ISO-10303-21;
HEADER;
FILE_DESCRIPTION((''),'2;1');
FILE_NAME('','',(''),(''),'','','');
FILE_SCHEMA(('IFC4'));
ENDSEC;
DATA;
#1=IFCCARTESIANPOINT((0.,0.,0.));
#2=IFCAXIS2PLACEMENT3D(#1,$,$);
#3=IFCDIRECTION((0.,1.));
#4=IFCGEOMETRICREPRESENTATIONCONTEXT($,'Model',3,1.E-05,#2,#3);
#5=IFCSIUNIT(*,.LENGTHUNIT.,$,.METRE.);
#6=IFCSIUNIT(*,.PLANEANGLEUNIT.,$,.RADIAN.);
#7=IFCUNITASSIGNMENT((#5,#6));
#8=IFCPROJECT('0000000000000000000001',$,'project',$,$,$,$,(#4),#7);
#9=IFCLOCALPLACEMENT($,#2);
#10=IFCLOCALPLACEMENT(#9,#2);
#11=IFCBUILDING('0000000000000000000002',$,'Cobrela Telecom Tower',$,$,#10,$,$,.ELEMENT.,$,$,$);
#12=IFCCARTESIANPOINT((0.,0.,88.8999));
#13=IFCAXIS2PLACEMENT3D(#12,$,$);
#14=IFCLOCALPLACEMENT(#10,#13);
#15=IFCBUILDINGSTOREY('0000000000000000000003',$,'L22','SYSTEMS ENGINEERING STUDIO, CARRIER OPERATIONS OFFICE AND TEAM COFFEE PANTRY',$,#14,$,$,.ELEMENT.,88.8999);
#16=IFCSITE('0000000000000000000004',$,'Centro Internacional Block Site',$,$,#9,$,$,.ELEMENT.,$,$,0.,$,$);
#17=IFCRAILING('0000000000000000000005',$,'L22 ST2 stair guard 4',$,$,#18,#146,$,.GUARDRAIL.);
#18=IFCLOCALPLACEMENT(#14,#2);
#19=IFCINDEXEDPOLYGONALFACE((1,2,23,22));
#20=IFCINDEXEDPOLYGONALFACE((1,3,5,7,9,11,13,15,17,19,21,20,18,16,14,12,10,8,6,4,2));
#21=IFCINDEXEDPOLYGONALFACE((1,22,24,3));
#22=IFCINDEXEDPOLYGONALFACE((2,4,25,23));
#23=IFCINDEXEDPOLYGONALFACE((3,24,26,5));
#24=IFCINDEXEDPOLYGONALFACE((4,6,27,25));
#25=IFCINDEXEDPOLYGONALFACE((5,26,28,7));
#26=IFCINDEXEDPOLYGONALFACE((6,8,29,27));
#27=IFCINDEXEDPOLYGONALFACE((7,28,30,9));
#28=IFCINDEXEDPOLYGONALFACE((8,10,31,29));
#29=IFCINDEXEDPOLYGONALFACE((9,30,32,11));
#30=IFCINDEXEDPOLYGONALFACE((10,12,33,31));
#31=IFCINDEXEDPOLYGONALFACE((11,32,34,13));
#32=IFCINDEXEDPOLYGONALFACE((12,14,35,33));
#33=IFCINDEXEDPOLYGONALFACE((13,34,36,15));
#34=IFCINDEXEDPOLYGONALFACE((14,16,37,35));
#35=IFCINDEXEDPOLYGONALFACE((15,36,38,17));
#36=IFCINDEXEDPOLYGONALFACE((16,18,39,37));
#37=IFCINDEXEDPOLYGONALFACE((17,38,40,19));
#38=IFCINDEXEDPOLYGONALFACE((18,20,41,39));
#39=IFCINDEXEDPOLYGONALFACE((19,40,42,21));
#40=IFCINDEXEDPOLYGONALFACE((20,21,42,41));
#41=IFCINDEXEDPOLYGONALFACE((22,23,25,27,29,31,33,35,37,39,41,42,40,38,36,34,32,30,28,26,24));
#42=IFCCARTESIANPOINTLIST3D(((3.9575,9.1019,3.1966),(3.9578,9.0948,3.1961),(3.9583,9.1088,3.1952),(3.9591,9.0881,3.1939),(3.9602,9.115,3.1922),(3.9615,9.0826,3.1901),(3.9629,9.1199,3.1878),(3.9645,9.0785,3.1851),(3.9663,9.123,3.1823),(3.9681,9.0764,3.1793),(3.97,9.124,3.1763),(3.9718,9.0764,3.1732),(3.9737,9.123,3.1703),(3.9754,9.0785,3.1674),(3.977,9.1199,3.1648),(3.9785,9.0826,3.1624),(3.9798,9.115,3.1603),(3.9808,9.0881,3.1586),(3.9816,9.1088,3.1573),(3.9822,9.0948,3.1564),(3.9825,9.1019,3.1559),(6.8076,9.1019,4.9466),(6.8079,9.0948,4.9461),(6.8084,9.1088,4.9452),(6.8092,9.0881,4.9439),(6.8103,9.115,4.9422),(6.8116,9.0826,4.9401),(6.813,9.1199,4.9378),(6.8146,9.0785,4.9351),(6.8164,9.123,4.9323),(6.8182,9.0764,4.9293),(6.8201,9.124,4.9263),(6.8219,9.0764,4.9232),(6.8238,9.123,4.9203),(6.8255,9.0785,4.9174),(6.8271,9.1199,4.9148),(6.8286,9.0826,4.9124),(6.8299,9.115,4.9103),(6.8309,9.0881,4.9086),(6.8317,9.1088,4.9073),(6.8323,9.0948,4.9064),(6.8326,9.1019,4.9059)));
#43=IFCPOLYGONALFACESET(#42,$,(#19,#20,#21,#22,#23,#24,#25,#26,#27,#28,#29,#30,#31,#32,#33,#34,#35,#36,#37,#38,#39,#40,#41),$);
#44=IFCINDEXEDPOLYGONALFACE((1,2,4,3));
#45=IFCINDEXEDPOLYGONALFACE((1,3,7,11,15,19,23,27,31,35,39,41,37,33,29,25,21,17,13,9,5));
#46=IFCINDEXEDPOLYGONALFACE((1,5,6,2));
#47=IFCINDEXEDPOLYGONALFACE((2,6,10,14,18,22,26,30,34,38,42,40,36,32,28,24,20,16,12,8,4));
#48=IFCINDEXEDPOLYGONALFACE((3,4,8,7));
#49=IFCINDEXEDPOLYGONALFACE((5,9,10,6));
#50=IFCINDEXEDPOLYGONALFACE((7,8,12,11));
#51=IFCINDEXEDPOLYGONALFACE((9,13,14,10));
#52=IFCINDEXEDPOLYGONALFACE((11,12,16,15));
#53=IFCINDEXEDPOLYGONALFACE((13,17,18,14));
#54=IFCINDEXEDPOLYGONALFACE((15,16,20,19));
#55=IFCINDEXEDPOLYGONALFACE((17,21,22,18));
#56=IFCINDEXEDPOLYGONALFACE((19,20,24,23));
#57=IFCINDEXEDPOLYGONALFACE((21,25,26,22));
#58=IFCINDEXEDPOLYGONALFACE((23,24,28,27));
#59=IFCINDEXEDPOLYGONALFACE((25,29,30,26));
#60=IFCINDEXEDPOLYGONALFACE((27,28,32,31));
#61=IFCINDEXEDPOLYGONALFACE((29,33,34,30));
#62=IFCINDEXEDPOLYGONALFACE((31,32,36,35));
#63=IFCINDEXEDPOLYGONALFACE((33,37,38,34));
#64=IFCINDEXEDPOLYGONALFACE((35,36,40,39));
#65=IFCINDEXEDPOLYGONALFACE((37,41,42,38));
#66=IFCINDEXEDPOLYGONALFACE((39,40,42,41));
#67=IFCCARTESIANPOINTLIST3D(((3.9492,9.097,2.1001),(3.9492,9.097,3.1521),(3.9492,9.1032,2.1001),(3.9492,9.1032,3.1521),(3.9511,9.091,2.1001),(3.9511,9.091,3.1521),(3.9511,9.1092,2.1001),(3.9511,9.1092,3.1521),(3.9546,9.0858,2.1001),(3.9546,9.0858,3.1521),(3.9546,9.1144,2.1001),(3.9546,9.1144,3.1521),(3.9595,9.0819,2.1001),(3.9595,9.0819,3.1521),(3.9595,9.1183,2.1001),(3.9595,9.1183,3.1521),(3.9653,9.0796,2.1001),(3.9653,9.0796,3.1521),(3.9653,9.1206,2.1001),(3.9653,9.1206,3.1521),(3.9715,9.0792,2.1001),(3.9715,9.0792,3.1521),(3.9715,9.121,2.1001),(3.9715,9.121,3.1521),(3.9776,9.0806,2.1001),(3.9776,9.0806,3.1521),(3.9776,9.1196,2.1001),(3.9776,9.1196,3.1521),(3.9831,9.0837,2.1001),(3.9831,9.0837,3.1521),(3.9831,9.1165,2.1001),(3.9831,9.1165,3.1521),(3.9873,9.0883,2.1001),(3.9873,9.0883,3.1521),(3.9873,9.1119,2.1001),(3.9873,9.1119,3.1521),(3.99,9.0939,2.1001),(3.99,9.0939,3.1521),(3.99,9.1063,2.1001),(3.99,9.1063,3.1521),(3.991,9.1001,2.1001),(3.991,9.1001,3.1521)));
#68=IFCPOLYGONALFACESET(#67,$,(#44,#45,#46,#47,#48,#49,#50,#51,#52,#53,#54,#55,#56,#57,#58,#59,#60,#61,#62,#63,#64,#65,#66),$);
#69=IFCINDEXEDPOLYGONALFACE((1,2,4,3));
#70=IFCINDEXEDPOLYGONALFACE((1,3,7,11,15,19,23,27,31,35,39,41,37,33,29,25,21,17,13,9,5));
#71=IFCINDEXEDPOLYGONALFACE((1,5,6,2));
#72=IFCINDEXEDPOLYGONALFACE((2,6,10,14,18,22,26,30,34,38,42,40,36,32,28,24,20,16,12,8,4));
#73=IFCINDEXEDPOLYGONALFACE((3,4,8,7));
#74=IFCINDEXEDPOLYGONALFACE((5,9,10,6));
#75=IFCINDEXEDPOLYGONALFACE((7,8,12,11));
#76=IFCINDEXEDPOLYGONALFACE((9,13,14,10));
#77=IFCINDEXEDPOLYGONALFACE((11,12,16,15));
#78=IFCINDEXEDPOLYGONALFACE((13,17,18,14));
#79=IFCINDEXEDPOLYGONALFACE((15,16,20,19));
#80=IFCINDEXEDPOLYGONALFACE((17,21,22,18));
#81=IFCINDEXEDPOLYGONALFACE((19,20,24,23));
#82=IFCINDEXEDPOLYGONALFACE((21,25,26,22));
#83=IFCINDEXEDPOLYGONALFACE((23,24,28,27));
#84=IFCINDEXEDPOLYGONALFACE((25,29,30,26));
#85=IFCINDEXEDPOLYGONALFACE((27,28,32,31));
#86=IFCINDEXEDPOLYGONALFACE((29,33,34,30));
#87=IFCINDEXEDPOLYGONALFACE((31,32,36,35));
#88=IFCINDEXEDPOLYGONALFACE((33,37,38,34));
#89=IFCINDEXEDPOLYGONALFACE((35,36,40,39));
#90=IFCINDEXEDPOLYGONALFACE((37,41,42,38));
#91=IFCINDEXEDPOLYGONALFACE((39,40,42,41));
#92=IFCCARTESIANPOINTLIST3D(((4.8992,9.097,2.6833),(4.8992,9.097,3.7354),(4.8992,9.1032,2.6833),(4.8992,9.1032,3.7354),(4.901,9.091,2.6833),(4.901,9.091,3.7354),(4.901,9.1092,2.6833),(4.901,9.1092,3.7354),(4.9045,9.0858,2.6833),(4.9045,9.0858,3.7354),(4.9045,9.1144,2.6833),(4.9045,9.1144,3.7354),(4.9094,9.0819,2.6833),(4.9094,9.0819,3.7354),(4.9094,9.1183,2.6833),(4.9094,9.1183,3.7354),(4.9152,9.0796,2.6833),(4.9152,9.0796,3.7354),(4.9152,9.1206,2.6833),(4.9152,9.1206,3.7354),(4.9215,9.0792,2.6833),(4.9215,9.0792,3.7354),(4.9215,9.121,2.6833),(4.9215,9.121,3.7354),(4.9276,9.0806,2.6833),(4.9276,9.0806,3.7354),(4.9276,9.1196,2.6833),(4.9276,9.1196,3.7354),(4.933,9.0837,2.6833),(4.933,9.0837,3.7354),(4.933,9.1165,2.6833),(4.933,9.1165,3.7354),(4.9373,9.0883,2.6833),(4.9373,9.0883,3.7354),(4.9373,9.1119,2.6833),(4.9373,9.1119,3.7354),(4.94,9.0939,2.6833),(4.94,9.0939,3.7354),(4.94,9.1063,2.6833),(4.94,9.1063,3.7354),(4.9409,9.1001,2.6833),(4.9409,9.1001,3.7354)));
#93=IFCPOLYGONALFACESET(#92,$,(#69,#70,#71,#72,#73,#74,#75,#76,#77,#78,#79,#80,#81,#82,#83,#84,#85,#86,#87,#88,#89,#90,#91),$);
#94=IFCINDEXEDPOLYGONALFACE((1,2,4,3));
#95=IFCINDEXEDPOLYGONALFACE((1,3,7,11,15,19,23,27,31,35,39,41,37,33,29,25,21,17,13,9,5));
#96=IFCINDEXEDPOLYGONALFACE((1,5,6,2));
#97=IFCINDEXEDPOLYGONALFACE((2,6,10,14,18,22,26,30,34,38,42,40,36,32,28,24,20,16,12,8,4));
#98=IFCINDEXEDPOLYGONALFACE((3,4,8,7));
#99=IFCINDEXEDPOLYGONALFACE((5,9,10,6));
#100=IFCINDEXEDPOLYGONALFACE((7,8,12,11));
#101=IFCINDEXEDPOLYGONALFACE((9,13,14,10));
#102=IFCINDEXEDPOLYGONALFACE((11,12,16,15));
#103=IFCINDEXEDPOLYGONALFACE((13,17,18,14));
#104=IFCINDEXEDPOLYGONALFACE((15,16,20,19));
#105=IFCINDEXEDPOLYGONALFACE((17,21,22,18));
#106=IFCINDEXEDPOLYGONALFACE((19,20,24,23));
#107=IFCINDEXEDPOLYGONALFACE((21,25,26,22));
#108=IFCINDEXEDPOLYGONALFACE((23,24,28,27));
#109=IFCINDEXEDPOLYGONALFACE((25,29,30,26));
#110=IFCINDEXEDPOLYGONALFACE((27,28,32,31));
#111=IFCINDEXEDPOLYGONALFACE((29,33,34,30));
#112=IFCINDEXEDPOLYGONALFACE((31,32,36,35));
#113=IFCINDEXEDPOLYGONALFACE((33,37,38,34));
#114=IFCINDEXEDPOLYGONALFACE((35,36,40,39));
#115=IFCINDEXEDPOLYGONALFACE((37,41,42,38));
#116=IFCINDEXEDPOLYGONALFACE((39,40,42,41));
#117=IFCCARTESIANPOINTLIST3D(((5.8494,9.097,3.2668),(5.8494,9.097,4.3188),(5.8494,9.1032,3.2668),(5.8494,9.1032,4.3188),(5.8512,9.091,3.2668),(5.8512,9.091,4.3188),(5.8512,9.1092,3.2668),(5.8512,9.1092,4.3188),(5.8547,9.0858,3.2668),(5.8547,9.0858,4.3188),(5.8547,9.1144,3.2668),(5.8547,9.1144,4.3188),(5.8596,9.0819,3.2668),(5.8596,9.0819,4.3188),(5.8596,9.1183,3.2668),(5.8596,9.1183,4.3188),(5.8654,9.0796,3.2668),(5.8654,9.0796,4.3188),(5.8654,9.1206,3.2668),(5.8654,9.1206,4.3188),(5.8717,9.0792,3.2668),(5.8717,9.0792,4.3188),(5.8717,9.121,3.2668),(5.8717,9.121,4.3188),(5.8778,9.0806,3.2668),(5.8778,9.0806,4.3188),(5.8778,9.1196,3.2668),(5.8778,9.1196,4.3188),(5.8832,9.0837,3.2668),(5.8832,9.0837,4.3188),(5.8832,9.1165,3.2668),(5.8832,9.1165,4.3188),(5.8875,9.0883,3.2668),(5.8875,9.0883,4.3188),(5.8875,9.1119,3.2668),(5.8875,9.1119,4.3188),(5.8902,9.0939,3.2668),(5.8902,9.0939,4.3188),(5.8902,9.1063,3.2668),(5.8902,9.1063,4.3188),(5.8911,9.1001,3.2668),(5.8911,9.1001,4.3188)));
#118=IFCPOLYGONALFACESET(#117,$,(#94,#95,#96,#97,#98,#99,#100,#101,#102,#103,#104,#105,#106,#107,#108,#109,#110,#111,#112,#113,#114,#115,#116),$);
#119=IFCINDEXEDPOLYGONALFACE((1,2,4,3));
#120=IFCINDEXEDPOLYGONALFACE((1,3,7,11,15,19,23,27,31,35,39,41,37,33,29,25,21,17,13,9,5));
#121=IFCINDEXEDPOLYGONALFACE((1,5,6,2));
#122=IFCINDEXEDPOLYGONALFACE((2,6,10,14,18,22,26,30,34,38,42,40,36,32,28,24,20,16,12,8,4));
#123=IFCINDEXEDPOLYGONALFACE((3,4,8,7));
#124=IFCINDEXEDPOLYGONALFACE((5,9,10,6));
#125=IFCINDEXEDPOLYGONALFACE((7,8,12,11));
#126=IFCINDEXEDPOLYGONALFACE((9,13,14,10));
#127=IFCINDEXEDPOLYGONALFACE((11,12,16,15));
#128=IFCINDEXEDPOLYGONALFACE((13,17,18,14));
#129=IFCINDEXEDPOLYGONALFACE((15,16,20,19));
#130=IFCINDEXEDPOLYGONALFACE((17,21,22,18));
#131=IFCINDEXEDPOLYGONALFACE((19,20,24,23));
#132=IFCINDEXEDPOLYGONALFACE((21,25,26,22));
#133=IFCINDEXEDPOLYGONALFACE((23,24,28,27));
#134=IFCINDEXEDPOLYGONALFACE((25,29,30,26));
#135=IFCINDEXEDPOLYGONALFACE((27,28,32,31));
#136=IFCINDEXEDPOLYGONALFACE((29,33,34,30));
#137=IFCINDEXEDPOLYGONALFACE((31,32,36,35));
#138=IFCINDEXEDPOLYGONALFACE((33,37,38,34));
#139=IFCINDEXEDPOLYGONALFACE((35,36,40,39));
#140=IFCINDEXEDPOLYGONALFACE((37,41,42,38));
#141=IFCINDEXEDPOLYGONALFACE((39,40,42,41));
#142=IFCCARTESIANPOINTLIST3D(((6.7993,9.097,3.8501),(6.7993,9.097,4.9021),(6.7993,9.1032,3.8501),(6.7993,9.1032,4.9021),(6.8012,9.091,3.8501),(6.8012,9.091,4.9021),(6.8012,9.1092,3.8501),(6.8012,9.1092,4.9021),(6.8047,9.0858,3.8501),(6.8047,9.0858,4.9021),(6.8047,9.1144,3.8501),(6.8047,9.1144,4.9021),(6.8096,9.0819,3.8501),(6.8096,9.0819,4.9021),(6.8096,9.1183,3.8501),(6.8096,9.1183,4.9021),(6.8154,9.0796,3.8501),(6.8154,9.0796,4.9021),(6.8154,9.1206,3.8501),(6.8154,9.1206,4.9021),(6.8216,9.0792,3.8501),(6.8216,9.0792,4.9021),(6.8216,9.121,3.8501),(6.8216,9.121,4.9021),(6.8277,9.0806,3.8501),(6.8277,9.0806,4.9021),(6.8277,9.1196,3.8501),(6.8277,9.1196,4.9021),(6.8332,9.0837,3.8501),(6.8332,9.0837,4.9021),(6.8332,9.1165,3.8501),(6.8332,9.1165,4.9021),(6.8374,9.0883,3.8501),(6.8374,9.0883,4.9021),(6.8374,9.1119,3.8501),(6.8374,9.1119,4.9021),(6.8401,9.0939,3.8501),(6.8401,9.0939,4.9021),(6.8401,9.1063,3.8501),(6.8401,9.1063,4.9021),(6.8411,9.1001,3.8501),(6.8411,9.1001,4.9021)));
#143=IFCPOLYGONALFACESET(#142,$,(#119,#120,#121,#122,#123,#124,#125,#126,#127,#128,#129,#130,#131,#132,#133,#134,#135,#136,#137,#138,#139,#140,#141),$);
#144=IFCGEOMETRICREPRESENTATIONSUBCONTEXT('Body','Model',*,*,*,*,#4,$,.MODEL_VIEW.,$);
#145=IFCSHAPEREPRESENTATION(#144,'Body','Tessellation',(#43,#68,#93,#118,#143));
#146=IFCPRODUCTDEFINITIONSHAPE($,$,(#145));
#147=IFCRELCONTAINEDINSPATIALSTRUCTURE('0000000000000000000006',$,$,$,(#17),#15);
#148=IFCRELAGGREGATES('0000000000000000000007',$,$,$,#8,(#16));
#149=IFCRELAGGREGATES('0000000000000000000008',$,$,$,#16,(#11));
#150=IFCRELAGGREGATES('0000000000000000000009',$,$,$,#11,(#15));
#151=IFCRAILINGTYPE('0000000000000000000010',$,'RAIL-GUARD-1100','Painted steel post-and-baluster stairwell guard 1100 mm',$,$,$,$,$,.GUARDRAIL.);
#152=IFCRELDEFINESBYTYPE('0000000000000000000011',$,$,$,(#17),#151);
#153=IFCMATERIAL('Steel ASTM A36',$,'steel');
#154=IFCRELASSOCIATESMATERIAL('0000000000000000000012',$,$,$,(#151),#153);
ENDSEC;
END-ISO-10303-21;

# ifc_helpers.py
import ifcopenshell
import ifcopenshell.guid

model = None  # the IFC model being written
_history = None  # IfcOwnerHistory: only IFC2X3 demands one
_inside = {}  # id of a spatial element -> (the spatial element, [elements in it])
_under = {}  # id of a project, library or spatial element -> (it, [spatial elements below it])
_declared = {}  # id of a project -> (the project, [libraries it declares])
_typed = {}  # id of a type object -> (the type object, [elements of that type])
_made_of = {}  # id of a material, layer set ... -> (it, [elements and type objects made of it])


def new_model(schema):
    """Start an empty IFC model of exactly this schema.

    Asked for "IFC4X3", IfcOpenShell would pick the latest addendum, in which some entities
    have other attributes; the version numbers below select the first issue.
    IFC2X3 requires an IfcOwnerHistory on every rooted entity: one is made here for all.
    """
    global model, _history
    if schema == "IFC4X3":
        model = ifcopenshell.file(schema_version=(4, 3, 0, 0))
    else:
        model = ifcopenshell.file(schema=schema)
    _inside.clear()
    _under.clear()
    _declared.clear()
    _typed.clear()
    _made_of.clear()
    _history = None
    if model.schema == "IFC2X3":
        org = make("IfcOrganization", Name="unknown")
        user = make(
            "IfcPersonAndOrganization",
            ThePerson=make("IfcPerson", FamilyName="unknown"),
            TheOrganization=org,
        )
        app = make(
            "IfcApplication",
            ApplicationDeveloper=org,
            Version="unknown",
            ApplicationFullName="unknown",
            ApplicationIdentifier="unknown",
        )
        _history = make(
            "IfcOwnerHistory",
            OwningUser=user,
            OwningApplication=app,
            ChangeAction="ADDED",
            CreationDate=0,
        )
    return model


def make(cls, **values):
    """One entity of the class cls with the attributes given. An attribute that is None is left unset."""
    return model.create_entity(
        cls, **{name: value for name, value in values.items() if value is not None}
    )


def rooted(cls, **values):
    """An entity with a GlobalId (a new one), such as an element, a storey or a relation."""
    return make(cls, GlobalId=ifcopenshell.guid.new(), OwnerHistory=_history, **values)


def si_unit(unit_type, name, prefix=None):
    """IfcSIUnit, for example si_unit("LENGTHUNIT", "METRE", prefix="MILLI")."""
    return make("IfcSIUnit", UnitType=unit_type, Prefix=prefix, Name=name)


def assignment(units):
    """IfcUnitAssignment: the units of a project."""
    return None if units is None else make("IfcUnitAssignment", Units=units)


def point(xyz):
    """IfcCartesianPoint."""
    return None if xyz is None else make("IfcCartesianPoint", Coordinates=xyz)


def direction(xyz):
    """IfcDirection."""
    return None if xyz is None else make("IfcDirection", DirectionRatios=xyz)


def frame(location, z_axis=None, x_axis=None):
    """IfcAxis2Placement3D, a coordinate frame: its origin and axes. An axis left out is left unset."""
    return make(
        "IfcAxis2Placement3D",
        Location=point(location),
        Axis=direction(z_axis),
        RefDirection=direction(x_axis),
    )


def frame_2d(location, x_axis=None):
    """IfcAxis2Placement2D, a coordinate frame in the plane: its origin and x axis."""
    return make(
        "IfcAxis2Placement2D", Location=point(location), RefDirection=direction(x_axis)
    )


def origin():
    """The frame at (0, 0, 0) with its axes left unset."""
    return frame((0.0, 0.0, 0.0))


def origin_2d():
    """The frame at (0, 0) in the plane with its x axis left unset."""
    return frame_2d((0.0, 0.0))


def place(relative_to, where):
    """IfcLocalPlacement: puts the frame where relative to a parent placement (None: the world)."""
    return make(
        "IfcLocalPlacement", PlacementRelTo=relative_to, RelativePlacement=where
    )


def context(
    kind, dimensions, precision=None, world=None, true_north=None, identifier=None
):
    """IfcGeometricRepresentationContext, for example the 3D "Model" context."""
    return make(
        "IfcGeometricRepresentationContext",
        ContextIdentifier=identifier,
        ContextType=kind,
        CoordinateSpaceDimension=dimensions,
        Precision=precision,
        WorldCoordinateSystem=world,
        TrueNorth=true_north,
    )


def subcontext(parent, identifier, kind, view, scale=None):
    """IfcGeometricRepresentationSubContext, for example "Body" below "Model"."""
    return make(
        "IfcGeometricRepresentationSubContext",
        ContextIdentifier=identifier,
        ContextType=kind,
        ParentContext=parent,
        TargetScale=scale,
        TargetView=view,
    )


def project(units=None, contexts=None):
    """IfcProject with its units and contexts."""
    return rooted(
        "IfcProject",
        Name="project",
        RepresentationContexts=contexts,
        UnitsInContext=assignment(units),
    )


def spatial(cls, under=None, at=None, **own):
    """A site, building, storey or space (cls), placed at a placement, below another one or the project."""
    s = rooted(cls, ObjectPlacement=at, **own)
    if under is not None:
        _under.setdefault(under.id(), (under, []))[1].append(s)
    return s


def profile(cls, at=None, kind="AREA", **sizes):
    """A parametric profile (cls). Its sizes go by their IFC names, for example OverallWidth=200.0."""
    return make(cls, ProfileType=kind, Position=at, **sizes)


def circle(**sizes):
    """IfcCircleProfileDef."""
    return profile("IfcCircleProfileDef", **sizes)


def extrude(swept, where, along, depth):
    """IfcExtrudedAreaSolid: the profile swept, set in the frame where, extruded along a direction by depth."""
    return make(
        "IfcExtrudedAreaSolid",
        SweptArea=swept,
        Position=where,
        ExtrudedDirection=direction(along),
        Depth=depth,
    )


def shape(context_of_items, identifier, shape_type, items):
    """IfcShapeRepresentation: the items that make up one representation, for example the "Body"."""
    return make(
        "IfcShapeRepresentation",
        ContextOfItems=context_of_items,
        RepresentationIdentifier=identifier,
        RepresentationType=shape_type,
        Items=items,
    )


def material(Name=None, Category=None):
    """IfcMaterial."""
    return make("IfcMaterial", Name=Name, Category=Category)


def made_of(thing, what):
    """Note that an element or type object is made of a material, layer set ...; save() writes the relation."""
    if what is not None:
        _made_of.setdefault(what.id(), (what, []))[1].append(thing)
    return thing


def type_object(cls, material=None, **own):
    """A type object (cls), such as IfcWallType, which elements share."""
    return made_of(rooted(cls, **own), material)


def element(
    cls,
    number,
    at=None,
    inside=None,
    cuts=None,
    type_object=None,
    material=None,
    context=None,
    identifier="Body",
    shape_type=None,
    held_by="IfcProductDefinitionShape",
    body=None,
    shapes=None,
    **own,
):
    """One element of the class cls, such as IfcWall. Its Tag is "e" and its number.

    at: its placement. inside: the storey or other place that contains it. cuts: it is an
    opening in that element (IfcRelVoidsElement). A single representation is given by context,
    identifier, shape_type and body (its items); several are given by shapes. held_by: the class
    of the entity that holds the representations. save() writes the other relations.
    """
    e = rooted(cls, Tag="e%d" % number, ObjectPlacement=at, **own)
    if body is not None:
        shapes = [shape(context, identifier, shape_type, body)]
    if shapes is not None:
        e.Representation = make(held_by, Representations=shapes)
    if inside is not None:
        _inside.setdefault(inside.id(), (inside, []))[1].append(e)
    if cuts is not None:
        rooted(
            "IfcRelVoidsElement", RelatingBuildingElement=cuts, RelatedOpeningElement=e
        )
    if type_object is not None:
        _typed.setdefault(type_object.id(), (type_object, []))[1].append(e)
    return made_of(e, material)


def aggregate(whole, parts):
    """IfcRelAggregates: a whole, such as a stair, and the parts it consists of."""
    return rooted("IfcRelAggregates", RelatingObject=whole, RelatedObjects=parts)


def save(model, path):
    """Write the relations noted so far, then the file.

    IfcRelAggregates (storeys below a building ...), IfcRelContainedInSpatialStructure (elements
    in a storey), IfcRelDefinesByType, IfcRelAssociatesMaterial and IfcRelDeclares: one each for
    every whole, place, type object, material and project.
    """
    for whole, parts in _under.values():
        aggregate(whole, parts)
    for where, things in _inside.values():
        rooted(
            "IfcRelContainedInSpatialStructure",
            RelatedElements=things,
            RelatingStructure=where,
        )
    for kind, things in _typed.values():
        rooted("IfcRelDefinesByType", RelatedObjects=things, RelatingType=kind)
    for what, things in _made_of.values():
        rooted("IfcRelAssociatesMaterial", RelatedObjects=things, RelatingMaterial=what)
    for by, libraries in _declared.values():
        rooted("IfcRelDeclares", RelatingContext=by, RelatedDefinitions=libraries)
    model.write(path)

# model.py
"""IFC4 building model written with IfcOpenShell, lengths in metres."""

from ifc_helpers import new_model, si_unit, direction, frame, origin, origin_2d, place, context, subcontext, project, spatial, circle, extrude, material, type_object, element, save


model = new_model("IFC4")

# Units and contexts
model_context = context("Model", 3, precision=1e-05, world=origin(), true_north=direction((0.0, 1.0)))
body_context = subcontext(model_context, "Body", "Model", "MODEL_VIEW")
ifc_project = project(units=[si_unit("LENGTHUNIT", "METRE"), si_unit("PLANEANGLEUNIT", "RADIAN")], contexts=[model_context])

# Site, building, storey
site_placement = place(None, origin())
site = spatial("IfcSite", under=ifc_project, at=site_placement, Name="Centro Internacional Block Site", CompositionType="ELEMENT", RefElevation=0.0)
building_placement = place(site_placement, origin())
building = spatial("IfcBuilding", under=site, at=building_placement, Name="Cobrela Telecom Tower", CompositionType="ELEMENT")
storey_placement = place(building_placement, frame((0.0, 0.0, 88.8999)))
storey = spatial("IfcBuildingStorey", under=building, at=storey_placement, Name="L22", Description="SYSTEMS ENGINEERING STUDIO, CARRIER OPERATIONS OFFICE AND TEAM COFFEE PANTRY", CompositionType="ELEMENT", Elevation=88.8999)

# Railing
ifc_material_1 = material(Name="Steel ASTM A36", Category="steel")
railing_type_1 = type_object("IfcRailingType", Name="RAIL-GUARD-1100", Description="Painted steel post-and-baluster stairwell guard 1100 mm", PredefinedType="GUARDRAIL", material=ifc_material_1)
railing_1_placement = place(storey_placement, frame((3.97, 9.1001, 2.1001)))
element("IfcRailing", 1, at=railing_1_placement, inside=storey, type_object=railing_type_1, Name="L22 ST2 stair guard 4", PredefinedType="GUARDRAIL", context=body_context, shape_type="SweptSolid", body=[
    extrude(circle(Radius=0.0239, at=origin_2d()), frame((0.0, 0.0, 1.0762), z_axis=(0.852179, 0.0, 0.52325), x_axis=(0.0, 1.0, 0.0)), (0.0, 0.0, 1.0), 3.3445),
    extrude(circle(Radius=0.021, at=origin_2d()), origin(), (0.0, 0.0, 1.0), 1.052),
    extrude(circle(Radius=0.021, at=origin_2d()), frame((0.95, 0.0, 0.5833)), (0.0, 0.0, 1.0), 1.052),
    extrude(circle(Radius=0.021, at=origin_2d()), frame((1.9001, 0.0, 1.1667)), (0.0, 0.0, 1.0), 1.052),
    extrude(circle(Radius=0.021, at=origin_2d()), frame((2.8501, 0.0, 1.75)), (0.0, 0.0, 1.0), 1.052),
])

save(model, "model.ifc")
